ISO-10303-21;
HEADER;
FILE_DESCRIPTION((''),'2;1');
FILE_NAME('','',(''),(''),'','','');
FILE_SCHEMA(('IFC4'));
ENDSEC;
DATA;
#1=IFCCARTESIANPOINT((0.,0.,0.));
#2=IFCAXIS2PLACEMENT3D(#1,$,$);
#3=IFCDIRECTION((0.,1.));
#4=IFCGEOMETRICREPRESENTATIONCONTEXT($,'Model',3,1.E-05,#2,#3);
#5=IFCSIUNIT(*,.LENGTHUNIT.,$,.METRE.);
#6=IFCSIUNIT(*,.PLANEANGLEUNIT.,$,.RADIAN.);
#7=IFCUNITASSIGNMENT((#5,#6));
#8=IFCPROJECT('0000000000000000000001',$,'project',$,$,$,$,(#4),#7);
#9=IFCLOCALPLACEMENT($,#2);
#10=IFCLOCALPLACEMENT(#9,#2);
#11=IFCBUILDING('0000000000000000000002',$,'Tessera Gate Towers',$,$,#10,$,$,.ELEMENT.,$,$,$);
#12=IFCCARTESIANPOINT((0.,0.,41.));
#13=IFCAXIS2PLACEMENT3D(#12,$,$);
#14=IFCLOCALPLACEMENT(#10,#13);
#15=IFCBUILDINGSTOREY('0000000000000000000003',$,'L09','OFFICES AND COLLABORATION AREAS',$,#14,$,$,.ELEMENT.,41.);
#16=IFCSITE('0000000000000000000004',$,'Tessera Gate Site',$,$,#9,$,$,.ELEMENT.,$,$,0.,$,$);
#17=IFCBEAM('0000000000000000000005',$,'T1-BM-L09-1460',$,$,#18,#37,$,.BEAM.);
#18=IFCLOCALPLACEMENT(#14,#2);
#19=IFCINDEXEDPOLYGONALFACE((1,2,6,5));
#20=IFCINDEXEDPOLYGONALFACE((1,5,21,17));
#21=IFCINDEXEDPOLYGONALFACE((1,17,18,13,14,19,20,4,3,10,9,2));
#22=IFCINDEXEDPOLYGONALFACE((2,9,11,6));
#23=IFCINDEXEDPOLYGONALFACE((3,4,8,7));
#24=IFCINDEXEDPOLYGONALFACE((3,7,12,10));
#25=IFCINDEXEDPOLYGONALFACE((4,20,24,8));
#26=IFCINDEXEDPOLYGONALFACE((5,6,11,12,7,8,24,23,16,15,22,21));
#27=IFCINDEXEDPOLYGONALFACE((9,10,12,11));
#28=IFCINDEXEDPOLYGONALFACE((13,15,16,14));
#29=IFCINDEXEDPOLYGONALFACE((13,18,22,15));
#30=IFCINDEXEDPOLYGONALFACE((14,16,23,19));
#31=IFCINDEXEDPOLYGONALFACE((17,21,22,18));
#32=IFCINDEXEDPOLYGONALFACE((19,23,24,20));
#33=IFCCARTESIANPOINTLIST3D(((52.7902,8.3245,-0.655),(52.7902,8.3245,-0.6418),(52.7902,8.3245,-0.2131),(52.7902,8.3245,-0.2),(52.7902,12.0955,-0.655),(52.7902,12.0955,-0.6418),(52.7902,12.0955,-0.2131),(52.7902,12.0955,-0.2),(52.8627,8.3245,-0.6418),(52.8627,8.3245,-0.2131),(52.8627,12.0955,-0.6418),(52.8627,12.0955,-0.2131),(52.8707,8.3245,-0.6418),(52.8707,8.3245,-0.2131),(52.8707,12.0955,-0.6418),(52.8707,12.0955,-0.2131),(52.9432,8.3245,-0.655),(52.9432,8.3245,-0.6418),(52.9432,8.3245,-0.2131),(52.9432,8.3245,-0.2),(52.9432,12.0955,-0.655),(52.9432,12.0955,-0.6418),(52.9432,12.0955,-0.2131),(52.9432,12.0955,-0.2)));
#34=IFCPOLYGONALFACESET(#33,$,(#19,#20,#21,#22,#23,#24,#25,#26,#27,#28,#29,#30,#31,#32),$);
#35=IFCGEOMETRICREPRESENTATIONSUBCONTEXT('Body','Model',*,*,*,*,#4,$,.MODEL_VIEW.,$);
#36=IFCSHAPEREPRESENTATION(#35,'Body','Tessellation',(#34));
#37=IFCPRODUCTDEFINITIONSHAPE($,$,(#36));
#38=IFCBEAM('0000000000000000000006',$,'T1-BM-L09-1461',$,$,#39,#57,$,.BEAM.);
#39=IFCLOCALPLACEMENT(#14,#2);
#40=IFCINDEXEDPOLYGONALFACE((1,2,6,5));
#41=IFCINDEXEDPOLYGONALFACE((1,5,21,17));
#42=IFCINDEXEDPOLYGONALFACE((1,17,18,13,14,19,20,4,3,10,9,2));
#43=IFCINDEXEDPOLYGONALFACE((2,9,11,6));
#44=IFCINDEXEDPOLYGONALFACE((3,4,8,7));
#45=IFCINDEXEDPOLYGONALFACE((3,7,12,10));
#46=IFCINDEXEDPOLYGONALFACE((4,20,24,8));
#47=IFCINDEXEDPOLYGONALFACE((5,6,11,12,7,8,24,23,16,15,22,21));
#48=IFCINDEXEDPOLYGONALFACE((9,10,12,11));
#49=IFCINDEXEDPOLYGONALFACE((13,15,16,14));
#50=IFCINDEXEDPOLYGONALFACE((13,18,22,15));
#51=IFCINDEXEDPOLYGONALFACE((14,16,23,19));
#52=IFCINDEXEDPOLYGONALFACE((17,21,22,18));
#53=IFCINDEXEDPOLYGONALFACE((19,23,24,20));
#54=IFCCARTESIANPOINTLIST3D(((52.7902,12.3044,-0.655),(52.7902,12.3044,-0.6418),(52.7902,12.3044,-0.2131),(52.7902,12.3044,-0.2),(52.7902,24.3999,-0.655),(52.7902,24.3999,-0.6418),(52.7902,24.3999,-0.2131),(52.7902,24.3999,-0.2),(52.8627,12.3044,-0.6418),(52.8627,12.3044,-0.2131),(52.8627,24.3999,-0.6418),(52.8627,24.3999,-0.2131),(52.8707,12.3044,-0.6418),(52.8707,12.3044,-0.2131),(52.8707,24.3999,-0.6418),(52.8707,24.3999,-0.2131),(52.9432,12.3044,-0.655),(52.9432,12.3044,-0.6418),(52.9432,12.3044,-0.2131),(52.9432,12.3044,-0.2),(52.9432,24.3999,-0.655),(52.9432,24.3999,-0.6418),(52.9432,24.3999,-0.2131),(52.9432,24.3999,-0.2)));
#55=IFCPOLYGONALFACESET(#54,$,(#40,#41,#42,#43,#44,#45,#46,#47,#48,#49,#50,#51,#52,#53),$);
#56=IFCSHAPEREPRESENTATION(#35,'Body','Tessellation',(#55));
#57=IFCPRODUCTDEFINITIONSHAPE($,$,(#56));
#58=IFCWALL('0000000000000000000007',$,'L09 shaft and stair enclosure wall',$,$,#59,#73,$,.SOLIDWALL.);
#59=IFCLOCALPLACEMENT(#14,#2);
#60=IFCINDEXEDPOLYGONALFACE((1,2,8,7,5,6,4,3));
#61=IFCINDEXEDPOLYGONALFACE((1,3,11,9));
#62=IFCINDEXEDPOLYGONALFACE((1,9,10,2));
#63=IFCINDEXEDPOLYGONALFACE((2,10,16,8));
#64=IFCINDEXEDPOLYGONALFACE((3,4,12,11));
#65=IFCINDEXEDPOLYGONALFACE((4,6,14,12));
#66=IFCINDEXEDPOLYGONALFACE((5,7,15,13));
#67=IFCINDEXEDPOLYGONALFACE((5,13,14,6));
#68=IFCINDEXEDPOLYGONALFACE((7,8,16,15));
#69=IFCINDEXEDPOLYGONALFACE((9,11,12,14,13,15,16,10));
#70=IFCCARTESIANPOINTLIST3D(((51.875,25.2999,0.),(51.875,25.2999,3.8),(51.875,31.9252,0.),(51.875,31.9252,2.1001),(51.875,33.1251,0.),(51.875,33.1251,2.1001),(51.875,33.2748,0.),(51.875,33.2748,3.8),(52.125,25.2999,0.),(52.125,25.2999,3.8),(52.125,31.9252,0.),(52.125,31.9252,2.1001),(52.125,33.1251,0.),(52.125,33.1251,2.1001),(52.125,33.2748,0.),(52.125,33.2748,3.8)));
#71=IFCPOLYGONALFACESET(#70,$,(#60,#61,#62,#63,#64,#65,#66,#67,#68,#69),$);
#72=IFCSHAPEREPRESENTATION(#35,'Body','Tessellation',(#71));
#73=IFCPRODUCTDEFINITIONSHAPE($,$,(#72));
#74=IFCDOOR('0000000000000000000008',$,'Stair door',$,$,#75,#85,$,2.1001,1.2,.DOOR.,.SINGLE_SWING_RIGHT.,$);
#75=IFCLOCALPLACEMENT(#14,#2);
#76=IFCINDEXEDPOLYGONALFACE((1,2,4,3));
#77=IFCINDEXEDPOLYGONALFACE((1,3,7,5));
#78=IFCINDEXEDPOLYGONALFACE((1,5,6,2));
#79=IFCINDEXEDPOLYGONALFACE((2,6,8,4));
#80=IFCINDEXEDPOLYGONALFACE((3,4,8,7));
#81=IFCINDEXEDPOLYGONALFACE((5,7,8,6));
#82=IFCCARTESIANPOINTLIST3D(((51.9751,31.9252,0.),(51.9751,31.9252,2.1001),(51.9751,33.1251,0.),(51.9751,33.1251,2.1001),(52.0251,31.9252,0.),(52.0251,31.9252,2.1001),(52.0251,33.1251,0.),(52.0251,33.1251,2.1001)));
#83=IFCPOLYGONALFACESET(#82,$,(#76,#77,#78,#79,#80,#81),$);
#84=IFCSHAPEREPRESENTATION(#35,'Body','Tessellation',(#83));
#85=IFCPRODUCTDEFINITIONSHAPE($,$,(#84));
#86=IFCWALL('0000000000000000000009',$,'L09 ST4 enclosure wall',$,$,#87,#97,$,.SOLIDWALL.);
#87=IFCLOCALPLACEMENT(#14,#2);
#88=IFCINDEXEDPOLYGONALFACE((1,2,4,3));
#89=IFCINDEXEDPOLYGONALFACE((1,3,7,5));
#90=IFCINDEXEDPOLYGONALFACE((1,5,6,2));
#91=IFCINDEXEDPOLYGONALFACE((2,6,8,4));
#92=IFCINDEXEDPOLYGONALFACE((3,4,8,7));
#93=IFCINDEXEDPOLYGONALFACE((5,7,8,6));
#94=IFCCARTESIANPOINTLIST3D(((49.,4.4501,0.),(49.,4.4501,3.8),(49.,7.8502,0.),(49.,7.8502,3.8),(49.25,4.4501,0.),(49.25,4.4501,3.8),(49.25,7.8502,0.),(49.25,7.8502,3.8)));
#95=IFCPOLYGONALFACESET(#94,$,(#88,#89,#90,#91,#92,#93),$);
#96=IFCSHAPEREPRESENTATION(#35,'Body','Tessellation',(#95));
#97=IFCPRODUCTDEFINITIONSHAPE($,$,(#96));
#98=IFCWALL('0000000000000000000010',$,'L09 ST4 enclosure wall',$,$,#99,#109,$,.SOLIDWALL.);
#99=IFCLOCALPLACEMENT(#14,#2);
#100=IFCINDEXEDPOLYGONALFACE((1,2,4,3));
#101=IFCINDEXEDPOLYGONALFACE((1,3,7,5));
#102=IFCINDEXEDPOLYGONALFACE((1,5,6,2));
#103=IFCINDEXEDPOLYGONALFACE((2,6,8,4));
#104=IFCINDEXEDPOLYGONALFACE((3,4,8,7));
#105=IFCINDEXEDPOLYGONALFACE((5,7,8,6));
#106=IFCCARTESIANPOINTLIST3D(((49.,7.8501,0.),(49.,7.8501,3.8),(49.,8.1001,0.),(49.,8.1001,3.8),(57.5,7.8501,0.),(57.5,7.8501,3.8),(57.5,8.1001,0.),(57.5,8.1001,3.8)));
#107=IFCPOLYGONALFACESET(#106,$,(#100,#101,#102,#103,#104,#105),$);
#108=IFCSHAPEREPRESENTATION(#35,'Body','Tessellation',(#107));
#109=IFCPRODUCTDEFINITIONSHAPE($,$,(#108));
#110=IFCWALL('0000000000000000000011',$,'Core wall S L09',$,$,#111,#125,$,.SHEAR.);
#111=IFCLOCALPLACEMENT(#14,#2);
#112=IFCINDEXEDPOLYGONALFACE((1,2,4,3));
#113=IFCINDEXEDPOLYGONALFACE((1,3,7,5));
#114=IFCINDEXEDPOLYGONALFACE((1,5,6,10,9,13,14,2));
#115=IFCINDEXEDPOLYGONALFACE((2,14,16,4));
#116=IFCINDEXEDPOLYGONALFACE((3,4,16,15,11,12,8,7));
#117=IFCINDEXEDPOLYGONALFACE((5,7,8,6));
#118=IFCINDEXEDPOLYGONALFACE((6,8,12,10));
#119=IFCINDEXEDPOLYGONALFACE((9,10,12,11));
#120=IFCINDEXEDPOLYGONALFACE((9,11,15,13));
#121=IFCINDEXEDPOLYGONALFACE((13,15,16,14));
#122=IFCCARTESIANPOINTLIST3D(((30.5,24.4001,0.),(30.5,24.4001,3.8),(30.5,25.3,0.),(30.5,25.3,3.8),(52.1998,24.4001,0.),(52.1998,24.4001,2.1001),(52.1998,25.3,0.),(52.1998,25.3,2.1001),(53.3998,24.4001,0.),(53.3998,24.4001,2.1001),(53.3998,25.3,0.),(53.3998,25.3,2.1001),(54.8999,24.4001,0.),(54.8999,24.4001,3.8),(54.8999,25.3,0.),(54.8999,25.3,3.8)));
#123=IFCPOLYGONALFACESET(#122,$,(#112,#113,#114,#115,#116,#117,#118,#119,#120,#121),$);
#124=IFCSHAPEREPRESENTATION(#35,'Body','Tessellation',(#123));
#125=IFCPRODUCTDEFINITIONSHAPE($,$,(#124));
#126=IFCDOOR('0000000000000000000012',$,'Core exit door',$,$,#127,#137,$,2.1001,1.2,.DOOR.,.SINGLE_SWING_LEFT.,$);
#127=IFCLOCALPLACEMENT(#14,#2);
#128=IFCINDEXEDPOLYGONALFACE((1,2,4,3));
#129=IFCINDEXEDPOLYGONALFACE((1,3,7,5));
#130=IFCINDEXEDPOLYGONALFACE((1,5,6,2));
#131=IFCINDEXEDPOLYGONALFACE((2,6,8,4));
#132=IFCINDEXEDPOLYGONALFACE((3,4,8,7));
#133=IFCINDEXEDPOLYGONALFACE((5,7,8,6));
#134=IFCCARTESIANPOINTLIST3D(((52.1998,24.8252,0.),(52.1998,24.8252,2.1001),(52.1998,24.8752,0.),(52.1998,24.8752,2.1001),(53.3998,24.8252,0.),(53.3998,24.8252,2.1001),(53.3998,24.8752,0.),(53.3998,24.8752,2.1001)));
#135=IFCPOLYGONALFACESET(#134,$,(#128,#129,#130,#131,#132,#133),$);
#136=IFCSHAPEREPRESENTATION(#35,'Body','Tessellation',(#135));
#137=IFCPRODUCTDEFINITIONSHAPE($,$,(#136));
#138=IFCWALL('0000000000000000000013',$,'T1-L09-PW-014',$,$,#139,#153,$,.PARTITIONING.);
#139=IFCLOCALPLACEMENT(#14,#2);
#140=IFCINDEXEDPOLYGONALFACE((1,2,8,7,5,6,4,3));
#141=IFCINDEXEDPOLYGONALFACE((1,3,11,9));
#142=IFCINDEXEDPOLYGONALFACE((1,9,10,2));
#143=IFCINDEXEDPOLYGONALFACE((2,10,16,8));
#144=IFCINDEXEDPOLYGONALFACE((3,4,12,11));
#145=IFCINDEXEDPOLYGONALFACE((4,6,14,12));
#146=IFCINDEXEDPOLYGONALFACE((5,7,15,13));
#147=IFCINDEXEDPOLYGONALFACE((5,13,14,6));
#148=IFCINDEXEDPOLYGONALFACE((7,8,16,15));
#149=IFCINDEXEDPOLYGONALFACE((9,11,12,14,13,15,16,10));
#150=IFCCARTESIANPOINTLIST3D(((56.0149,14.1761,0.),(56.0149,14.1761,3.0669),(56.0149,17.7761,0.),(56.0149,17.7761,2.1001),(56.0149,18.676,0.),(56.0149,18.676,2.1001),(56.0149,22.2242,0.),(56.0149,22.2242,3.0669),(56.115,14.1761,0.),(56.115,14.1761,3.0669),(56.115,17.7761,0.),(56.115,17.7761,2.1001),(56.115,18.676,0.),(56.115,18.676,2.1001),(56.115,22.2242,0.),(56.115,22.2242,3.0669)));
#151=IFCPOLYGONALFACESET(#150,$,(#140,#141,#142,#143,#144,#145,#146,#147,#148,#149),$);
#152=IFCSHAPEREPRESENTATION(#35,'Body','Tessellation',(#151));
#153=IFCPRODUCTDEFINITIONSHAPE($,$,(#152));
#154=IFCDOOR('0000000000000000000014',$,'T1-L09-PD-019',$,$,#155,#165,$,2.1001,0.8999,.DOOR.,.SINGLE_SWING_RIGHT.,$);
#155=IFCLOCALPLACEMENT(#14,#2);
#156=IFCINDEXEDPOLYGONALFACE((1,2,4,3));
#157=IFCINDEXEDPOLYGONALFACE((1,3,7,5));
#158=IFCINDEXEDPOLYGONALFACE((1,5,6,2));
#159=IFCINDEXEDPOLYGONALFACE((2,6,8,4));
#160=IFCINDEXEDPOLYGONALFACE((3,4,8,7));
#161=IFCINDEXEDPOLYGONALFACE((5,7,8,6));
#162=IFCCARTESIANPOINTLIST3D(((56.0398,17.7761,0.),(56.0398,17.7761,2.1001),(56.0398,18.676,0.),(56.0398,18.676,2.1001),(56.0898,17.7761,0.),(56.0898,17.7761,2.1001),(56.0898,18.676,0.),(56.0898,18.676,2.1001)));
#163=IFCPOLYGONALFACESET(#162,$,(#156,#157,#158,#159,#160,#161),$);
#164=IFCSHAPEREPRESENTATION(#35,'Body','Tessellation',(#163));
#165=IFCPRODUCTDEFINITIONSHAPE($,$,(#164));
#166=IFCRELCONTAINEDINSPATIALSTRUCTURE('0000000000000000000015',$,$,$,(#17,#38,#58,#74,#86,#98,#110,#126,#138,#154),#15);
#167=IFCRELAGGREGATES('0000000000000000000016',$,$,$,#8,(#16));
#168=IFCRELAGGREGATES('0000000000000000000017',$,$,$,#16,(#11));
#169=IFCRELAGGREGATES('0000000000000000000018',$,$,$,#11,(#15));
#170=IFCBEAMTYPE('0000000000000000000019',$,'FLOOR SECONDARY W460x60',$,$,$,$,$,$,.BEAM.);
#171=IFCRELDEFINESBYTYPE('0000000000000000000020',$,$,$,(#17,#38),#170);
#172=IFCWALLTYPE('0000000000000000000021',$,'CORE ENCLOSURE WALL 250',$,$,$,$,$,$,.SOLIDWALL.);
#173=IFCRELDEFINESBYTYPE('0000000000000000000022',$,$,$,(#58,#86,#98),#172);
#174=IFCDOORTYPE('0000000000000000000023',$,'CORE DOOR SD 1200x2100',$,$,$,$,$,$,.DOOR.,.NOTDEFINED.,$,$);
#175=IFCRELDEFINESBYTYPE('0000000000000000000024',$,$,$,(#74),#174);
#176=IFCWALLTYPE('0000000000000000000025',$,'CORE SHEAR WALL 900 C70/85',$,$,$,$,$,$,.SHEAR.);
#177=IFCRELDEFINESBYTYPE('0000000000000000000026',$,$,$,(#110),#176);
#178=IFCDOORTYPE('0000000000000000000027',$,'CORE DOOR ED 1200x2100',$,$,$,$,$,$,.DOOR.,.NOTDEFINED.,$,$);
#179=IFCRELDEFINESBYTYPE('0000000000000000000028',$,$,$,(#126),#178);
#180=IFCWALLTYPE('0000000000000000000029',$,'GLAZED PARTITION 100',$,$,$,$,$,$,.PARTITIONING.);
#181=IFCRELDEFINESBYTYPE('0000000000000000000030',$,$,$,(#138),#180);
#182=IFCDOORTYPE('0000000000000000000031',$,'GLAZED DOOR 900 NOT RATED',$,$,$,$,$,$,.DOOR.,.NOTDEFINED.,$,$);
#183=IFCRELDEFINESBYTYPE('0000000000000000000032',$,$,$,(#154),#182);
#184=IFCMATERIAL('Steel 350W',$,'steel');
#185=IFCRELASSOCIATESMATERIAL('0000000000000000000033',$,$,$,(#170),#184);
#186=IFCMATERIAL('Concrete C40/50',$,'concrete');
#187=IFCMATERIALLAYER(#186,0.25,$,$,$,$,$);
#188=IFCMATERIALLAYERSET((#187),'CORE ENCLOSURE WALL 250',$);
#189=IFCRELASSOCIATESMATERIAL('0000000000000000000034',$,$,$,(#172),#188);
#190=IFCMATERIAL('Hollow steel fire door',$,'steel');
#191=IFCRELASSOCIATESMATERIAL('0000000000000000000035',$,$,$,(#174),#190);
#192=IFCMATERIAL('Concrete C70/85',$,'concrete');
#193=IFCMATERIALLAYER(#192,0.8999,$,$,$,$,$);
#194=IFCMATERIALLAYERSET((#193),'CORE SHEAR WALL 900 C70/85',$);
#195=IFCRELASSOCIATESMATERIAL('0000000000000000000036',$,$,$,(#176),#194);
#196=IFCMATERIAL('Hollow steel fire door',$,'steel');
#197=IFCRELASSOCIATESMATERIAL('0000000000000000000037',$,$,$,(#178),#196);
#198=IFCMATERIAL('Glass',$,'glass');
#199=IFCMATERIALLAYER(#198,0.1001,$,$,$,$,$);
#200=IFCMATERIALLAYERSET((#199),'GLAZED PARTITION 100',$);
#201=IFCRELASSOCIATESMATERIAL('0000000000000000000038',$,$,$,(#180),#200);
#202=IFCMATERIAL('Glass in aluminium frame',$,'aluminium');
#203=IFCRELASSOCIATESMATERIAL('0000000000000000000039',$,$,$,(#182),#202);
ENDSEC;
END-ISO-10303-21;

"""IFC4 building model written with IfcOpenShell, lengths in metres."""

from ifc_helpers import new_model, si_unit, direction, frame, frame_2d, origin, origin_2d, place, context, subcontext, project, spatial, rectangle, i_section, extrude, source, transform, mapped, material, layer, layer_set, material_profile, profile_set, type_object, element, fill, save


model = new_model("IFC4")

# Units and contexts
model_context = context("Model", 3, precision=1e-05, world=origin(), true_north=direction((0.0, 1.0)))
body_context = subcontext(model_context, "Body", "Model", "MODEL_VIEW")
ifc_project = project(units=[si_unit("LENGTHUNIT", "METRE"), si_unit("PLANEANGLEUNIT", "RADIAN")], contexts=[model_context])

# Site, building, storey
site_placement = place(None, origin())
site = spatial("IfcSite", under=ifc_project, at=site_placement, Name="Tessera Gate Site", CompositionType="ELEMENT", RefElevation=0.0)
building_placement = place(site_placement, origin())
building = spatial("IfcBuilding", under=site, at=building_placement, Name="Tessera Gate Towers", CompositionType="ELEMENT")
storey_placement = place(building_placement, frame((0.0, 0.0, 41.0)))
storey = spatial("IfcBuildingStorey", under=building, at=storey_placement, Name="L09", Description="OFFICES AND COLLABORATION AREAS", CompositionType="ELEMENT", Elevation=41.0)

# Beams
ifc_material_1 = material(Name="Steel 350W", Category="steel")
ifc_material_profile_1 = material_profile(ifc_material_1, i_section(OverallWidth=0.1531, OverallDepth=0.4551, WebThickness=0.0081, FlangeThickness=0.0132, at=origin_2d()), Name="W460x60")
ifc_profile_set_1 = profile_set([ifc_material_profile_1], Name="Steel 350W")
beam_type_1 = type_object("IfcBeamType", Name="FLOOR SECONDARY W460x60", PredefinedType="BEAM", material=ifc_profile_set_1)
beam_1_placement = place(storey_placement, frame((52.8667, 8.3245, -0.4275), z_axis=(0.0, 1.0, 0.0), x_axis=(-1.0, 0.0, 0.0)))
element("IfcBeam", 1, at=beam_1_placement, inside=storey, type_object=beam_type_1, Name="T1-BM-L09-1460", PredefinedType="BEAM", context=body_context, shape_type="SweptSolid", body=[
    extrude(i_section(OverallWidth=0.1531, OverallDepth=0.4551, WebThickness=0.0081, FlangeThickness=0.0132, at=origin_2d()), origin(), (0.0, 0.0, 1.0), 3.771),
])
beam_2_placement = place(storey_placement, frame((52.8667, 12.3044, -0.4275), z_axis=(0.0, 1.0, 0.0), x_axis=(-1.0, 0.0, 0.0)))
element("IfcBeam", 2, at=beam_2_placement, inside=storey, type_object=beam_type_1, Name="T1-BM-L09-1461", PredefinedType="BEAM", context=body_context, shape_type="SweptSolid", body=[
    extrude(i_section(OverallWidth=0.1531, OverallDepth=0.4551, WebThickness=0.0081, FlangeThickness=0.0132, at=origin_2d()), origin(), (0.0, 0.0, 1.0), 12.0955),
])

# Wall, opening, door
ifc_material_2 = material(Name="Concrete C40/50", Category="concrete")
ifc_layer_1 = layer(ifc_material_2, 0.25)
ifc_layer_set_1 = layer_set([ifc_layer_1], Name="CORE ENCLOSURE WALL 250")
wall_type_1 = type_object("IfcWallType", Name="CORE ENCLOSURE WALL 250", PredefinedType="SOLIDWALL", material=ifc_layer_set_1)
wall_1_placement = place(storey_placement, frame((52.0, 25.3, 0.0), z_axis=(0.0, 0.0, 1.0), x_axis=(0.0, 1.0, 0.0)))
wall_1 = element("IfcWall", 3, at=wall_1_placement, inside=storey, type_object=wall_type_1, Name="L09 shaft and stair enclosure wall", PredefinedType="SOLIDWALL", context=body_context, shape_type="SweptSolid", body=[
    extrude(rectangle(XDim=7.9749, YDim=0.25, at=frame_2d((3.9873, 0.0))), origin(), (0.0, 0.0, 1.0), 3.8),
])
shared_shape_1 = source(origin(), body_context, "Body", "SweptSolid", [
    extrude(rectangle(XDim=1.2, YDim=2.1001, at=frame_2d((0.6001, 1.05))), frame((0.0, 0.135, 0.0), z_axis=(0.0, -1.0, 0.0), x_axis=(1.0, 0.0, 0.0)), (0.0, 0.0, 1.0), 0.27),
])
opening_1_placement = place(wall_1_placement, frame((6.625, 0.0, 0.0)))
opening_1 = element("IfcOpeningElement", 4, at=opening_1_placement, cuts=wall_1, PredefinedType="OPENING", context=body_context, shape_type="MappedRepresentation", body=[
    mapped(shared_shape_1, transform((0.0, 0.0, 0.0), scale=1.0)),
])
ifc_material_3 = material(Name="Hollow steel fire door", Category="steel")
door_type_1 = type_object("IfcDoorType", Name="CORE DOOR SD 1200x2100", OperationType="NOTDEFINED", PredefinedType="DOOR", material=ifc_material_3)
shared_shape_2 = source(origin(), body_context, "Body", "SweptSolid", [
    extrude(rectangle(XDim=1.2, YDim=2.1001, at=frame_2d((0.6001, 1.05))), frame((0.0, 0.0249, 0.0), z_axis=(0.0, -1.0, 0.0), x_axis=(1.0, 0.0, 0.0)), (0.0, 0.0, 1.0), 0.05),
])
door_1_placement = place(opening_1_placement, origin())
door_1 = element("IfcDoor", 5, at=door_1_placement, inside=storey, type_object=door_type_1, Name="Stair door", OperationType="SINGLE_SWING_RIGHT", OverallHeight=2.1001, OverallWidth=1.2, PredefinedType="DOOR", context=body_context, shape_type="MappedRepresentation", body=[
    mapped(shared_shape_2, transform((0.0, 0.0, 0.0), scale=1.0)),
])
fill(opening_1, door_1)

# Walls
wall_2_placement = place(storey_placement, frame((49.125, 4.45, 0.0), z_axis=(0.0, 0.0, 1.0), x_axis=(0.0, 1.0, 0.0)))
element("IfcWall", 6, at=wall_2_placement, inside=storey, type_object=wall_type_1, Name="L09 ST4 enclosure wall", PredefinedType="SOLIDWALL", context=body_context, shape_type="SweptSolid", body=[
    extrude(rectangle(XDim=3.4001, YDim=0.25, at=frame_2d((1.7002, 0.0))), origin(), (0.0, 0.0, 1.0), 3.8),
])
wall_3_placement = place(storey_placement, frame((49.0, 7.9751, 0.0), z_axis=(0.0, 0.0, 1.0), x_axis=(1.0, 0.0, 0.0)))
element("IfcWall", 7, at=wall_3_placement, inside=storey, type_object=wall_type_1, Name="L09 ST4 enclosure wall", PredefinedType="SOLIDWALL", context=body_context, shape_type="SweptSolid", body=[
    extrude(rectangle(XDim=8.5, YDim=0.25, at=frame_2d((4.25, 0.0))), origin(), (0.0, 0.0, 1.0), 3.8),
])

# Walls, openings, doors
ifc_material_4 = material(Name="Concrete C70/85", Category="concrete")
ifc_layer_2 = layer(ifc_material_4, 0.8999)
ifc_layer_set_2 = layer_set([ifc_layer_2], Name="CORE SHEAR WALL 900 C70/85")
wall_type_2 = type_object("IfcWallType", Name="CORE SHEAR WALL 900 C70/85", PredefinedType="SHEAR", material=ifc_layer_set_2)
wall_4_placement = place(storey_placement, frame((54.8999, 24.8501, 0.0), z_axis=(0.0, 0.0, 1.0), x_axis=(-1.0, 0.0, 0.0)))
wall_4 = element("IfcWall", 8, at=wall_4_placement, inside=storey, type_object=wall_type_2, Name="Core wall S L09", PredefinedType="SHEAR", context=body_context, shape_type="SweptSolid", body=[
    extrude(rectangle(XDim=24.3999, YDim=0.8999, at=frame_2d((12.2, 0.0))), origin(), (0.0, 0.0, 1.0), 3.8),
])
shared_shape_3 = source(origin(), body_context, "Body", "SweptSolid", [
    extrude(rectangle(XDim=1.2, YDim=2.1001, at=frame_2d((0.6001, 1.05))), frame((0.0, 0.46, 0.0), z_axis=(0.0, -1.0, 0.0), x_axis=(1.0, 0.0, 0.0)), (0.0, 0.0, 1.0), 0.9199),
])
opening_2_placement = place(wall_4_placement, frame((1.5, 0.0, 0.0)))
opening_2 = element("IfcOpeningElement", 9, at=opening_2_placement, cuts=wall_4, PredefinedType="OPENING", context=body_context, shape_type="MappedRepresentation", body=[
    mapped(shared_shape_3, transform((0.0, 0.0, 0.0), scale=1.0)),
])
ifc_material_5 = material(Name="Hollow steel fire door", Category="steel")
door_type_2 = type_object("IfcDoorType", Name="CORE DOOR ED 1200x2100", OperationType="NOTDEFINED", PredefinedType="DOOR", material=ifc_material_5)
door_2_placement = place(opening_2_placement, origin())
door_2 = element("IfcDoor", 10, at=door_2_placement, inside=storey, type_object=door_type_2, Name="Core exit door", OperationType="SINGLE_SWING_LEFT", OverallHeight=2.1001, OverallWidth=1.2, PredefinedType="DOOR", context=body_context, shape_type="MappedRepresentation", body=[
    mapped(shared_shape_2, transform((0.0, 0.0, 0.0), scale=1.0)),
])
fill(opening_2, door_2)
ifc_material_6 = material(Name="Glass", Category="glass")
ifc_layer_3 = layer(ifc_material_6, 0.1001)
ifc_layer_set_3 = layer_set([ifc_layer_3], Name="GLAZED PARTITION 100")
wall_type_3 = type_object("IfcWallType", Name="GLAZED PARTITION 100", PredefinedType="PARTITIONING", material=ifc_layer_set_3)
wall_5_placement = place(storey_placement, frame((56.0649, 22.2241, 0.0), z_axis=(0.0, 0.0, 1.0), x_axis=(0.0, -1.0, 0.0)))
wall_5 = element("IfcWall", 11, at=wall_5_placement, inside=storey, type_object=wall_type_3, Name="T1-L09-PW-014", PredefinedType="PARTITIONING", context=body_context, shape_type="SweptSolid", body=[
    extrude(rectangle(XDim=8.0481, YDim=0.1001, at=frame_2d((4.0239, 0.0))), origin(), (0.0, 0.0, 1.0), 3.0669),
])
shared_shape_4 = source(origin(), body_context, "Body", "SweptSolid", [
    extrude(rectangle(XDim=0.8999, YDim=2.1001, at=frame_2d((0.45, 1.05))), frame((0.0, 0.0601, 0.0), z_axis=(0.0, -1.0, 0.0), x_axis=(1.0, 0.0, 0.0)), (0.0, 0.0, 1.0), 0.1201),
])
opening_3_placement = place(wall_5_placement, frame((3.5481, 0.0, 0.0)))
opening_3 = element("IfcOpeningElement", 12, at=opening_3_placement, cuts=wall_5, PredefinedType="OPENING", context=body_context, shape_type="MappedRepresentation", body=[
    mapped(shared_shape_4, transform((0.0, 0.0, 0.0), scale=1.0)),
])
ifc_material_7 = material(Name="Glass in aluminium frame", Category="aluminium")
door_type_3 = type_object("IfcDoorType", Name="GLAZED DOOR 900 NOT RATED", OperationType="NOTDEFINED", PredefinedType="DOOR", material=ifc_material_7)
shared_shape_5 = source(origin(), body_context, "Body", "SweptSolid", [
    extrude(rectangle(XDim=0.8999, YDim=2.1001, at=frame_2d((0.45, 1.05))), frame((0.0, 0.0249, 0.0), z_axis=(0.0, -1.0, 0.0), x_axis=(1.0, 0.0, 0.0)), (0.0, 0.0, 1.0), 0.05),
])
door_3_placement = place(opening_3_placement, origin())
door_3 = element("IfcDoor", 13, at=door_3_placement, inside=storey, type_object=door_type_3, Name="T1-L09-PD-019", OperationType="SINGLE_SWING_RIGHT", OverallHeight=2.1001, OverallWidth=0.8999, PredefinedType="DOOR", context=body_context, shape_type="MappedRepresentation", body=[
    mapped(shared_shape_5, transform((0.0, 0.0, 0.0), scale=1.0)),
])
fill(opening_3, door_3)

save(model, "model.ifc")
